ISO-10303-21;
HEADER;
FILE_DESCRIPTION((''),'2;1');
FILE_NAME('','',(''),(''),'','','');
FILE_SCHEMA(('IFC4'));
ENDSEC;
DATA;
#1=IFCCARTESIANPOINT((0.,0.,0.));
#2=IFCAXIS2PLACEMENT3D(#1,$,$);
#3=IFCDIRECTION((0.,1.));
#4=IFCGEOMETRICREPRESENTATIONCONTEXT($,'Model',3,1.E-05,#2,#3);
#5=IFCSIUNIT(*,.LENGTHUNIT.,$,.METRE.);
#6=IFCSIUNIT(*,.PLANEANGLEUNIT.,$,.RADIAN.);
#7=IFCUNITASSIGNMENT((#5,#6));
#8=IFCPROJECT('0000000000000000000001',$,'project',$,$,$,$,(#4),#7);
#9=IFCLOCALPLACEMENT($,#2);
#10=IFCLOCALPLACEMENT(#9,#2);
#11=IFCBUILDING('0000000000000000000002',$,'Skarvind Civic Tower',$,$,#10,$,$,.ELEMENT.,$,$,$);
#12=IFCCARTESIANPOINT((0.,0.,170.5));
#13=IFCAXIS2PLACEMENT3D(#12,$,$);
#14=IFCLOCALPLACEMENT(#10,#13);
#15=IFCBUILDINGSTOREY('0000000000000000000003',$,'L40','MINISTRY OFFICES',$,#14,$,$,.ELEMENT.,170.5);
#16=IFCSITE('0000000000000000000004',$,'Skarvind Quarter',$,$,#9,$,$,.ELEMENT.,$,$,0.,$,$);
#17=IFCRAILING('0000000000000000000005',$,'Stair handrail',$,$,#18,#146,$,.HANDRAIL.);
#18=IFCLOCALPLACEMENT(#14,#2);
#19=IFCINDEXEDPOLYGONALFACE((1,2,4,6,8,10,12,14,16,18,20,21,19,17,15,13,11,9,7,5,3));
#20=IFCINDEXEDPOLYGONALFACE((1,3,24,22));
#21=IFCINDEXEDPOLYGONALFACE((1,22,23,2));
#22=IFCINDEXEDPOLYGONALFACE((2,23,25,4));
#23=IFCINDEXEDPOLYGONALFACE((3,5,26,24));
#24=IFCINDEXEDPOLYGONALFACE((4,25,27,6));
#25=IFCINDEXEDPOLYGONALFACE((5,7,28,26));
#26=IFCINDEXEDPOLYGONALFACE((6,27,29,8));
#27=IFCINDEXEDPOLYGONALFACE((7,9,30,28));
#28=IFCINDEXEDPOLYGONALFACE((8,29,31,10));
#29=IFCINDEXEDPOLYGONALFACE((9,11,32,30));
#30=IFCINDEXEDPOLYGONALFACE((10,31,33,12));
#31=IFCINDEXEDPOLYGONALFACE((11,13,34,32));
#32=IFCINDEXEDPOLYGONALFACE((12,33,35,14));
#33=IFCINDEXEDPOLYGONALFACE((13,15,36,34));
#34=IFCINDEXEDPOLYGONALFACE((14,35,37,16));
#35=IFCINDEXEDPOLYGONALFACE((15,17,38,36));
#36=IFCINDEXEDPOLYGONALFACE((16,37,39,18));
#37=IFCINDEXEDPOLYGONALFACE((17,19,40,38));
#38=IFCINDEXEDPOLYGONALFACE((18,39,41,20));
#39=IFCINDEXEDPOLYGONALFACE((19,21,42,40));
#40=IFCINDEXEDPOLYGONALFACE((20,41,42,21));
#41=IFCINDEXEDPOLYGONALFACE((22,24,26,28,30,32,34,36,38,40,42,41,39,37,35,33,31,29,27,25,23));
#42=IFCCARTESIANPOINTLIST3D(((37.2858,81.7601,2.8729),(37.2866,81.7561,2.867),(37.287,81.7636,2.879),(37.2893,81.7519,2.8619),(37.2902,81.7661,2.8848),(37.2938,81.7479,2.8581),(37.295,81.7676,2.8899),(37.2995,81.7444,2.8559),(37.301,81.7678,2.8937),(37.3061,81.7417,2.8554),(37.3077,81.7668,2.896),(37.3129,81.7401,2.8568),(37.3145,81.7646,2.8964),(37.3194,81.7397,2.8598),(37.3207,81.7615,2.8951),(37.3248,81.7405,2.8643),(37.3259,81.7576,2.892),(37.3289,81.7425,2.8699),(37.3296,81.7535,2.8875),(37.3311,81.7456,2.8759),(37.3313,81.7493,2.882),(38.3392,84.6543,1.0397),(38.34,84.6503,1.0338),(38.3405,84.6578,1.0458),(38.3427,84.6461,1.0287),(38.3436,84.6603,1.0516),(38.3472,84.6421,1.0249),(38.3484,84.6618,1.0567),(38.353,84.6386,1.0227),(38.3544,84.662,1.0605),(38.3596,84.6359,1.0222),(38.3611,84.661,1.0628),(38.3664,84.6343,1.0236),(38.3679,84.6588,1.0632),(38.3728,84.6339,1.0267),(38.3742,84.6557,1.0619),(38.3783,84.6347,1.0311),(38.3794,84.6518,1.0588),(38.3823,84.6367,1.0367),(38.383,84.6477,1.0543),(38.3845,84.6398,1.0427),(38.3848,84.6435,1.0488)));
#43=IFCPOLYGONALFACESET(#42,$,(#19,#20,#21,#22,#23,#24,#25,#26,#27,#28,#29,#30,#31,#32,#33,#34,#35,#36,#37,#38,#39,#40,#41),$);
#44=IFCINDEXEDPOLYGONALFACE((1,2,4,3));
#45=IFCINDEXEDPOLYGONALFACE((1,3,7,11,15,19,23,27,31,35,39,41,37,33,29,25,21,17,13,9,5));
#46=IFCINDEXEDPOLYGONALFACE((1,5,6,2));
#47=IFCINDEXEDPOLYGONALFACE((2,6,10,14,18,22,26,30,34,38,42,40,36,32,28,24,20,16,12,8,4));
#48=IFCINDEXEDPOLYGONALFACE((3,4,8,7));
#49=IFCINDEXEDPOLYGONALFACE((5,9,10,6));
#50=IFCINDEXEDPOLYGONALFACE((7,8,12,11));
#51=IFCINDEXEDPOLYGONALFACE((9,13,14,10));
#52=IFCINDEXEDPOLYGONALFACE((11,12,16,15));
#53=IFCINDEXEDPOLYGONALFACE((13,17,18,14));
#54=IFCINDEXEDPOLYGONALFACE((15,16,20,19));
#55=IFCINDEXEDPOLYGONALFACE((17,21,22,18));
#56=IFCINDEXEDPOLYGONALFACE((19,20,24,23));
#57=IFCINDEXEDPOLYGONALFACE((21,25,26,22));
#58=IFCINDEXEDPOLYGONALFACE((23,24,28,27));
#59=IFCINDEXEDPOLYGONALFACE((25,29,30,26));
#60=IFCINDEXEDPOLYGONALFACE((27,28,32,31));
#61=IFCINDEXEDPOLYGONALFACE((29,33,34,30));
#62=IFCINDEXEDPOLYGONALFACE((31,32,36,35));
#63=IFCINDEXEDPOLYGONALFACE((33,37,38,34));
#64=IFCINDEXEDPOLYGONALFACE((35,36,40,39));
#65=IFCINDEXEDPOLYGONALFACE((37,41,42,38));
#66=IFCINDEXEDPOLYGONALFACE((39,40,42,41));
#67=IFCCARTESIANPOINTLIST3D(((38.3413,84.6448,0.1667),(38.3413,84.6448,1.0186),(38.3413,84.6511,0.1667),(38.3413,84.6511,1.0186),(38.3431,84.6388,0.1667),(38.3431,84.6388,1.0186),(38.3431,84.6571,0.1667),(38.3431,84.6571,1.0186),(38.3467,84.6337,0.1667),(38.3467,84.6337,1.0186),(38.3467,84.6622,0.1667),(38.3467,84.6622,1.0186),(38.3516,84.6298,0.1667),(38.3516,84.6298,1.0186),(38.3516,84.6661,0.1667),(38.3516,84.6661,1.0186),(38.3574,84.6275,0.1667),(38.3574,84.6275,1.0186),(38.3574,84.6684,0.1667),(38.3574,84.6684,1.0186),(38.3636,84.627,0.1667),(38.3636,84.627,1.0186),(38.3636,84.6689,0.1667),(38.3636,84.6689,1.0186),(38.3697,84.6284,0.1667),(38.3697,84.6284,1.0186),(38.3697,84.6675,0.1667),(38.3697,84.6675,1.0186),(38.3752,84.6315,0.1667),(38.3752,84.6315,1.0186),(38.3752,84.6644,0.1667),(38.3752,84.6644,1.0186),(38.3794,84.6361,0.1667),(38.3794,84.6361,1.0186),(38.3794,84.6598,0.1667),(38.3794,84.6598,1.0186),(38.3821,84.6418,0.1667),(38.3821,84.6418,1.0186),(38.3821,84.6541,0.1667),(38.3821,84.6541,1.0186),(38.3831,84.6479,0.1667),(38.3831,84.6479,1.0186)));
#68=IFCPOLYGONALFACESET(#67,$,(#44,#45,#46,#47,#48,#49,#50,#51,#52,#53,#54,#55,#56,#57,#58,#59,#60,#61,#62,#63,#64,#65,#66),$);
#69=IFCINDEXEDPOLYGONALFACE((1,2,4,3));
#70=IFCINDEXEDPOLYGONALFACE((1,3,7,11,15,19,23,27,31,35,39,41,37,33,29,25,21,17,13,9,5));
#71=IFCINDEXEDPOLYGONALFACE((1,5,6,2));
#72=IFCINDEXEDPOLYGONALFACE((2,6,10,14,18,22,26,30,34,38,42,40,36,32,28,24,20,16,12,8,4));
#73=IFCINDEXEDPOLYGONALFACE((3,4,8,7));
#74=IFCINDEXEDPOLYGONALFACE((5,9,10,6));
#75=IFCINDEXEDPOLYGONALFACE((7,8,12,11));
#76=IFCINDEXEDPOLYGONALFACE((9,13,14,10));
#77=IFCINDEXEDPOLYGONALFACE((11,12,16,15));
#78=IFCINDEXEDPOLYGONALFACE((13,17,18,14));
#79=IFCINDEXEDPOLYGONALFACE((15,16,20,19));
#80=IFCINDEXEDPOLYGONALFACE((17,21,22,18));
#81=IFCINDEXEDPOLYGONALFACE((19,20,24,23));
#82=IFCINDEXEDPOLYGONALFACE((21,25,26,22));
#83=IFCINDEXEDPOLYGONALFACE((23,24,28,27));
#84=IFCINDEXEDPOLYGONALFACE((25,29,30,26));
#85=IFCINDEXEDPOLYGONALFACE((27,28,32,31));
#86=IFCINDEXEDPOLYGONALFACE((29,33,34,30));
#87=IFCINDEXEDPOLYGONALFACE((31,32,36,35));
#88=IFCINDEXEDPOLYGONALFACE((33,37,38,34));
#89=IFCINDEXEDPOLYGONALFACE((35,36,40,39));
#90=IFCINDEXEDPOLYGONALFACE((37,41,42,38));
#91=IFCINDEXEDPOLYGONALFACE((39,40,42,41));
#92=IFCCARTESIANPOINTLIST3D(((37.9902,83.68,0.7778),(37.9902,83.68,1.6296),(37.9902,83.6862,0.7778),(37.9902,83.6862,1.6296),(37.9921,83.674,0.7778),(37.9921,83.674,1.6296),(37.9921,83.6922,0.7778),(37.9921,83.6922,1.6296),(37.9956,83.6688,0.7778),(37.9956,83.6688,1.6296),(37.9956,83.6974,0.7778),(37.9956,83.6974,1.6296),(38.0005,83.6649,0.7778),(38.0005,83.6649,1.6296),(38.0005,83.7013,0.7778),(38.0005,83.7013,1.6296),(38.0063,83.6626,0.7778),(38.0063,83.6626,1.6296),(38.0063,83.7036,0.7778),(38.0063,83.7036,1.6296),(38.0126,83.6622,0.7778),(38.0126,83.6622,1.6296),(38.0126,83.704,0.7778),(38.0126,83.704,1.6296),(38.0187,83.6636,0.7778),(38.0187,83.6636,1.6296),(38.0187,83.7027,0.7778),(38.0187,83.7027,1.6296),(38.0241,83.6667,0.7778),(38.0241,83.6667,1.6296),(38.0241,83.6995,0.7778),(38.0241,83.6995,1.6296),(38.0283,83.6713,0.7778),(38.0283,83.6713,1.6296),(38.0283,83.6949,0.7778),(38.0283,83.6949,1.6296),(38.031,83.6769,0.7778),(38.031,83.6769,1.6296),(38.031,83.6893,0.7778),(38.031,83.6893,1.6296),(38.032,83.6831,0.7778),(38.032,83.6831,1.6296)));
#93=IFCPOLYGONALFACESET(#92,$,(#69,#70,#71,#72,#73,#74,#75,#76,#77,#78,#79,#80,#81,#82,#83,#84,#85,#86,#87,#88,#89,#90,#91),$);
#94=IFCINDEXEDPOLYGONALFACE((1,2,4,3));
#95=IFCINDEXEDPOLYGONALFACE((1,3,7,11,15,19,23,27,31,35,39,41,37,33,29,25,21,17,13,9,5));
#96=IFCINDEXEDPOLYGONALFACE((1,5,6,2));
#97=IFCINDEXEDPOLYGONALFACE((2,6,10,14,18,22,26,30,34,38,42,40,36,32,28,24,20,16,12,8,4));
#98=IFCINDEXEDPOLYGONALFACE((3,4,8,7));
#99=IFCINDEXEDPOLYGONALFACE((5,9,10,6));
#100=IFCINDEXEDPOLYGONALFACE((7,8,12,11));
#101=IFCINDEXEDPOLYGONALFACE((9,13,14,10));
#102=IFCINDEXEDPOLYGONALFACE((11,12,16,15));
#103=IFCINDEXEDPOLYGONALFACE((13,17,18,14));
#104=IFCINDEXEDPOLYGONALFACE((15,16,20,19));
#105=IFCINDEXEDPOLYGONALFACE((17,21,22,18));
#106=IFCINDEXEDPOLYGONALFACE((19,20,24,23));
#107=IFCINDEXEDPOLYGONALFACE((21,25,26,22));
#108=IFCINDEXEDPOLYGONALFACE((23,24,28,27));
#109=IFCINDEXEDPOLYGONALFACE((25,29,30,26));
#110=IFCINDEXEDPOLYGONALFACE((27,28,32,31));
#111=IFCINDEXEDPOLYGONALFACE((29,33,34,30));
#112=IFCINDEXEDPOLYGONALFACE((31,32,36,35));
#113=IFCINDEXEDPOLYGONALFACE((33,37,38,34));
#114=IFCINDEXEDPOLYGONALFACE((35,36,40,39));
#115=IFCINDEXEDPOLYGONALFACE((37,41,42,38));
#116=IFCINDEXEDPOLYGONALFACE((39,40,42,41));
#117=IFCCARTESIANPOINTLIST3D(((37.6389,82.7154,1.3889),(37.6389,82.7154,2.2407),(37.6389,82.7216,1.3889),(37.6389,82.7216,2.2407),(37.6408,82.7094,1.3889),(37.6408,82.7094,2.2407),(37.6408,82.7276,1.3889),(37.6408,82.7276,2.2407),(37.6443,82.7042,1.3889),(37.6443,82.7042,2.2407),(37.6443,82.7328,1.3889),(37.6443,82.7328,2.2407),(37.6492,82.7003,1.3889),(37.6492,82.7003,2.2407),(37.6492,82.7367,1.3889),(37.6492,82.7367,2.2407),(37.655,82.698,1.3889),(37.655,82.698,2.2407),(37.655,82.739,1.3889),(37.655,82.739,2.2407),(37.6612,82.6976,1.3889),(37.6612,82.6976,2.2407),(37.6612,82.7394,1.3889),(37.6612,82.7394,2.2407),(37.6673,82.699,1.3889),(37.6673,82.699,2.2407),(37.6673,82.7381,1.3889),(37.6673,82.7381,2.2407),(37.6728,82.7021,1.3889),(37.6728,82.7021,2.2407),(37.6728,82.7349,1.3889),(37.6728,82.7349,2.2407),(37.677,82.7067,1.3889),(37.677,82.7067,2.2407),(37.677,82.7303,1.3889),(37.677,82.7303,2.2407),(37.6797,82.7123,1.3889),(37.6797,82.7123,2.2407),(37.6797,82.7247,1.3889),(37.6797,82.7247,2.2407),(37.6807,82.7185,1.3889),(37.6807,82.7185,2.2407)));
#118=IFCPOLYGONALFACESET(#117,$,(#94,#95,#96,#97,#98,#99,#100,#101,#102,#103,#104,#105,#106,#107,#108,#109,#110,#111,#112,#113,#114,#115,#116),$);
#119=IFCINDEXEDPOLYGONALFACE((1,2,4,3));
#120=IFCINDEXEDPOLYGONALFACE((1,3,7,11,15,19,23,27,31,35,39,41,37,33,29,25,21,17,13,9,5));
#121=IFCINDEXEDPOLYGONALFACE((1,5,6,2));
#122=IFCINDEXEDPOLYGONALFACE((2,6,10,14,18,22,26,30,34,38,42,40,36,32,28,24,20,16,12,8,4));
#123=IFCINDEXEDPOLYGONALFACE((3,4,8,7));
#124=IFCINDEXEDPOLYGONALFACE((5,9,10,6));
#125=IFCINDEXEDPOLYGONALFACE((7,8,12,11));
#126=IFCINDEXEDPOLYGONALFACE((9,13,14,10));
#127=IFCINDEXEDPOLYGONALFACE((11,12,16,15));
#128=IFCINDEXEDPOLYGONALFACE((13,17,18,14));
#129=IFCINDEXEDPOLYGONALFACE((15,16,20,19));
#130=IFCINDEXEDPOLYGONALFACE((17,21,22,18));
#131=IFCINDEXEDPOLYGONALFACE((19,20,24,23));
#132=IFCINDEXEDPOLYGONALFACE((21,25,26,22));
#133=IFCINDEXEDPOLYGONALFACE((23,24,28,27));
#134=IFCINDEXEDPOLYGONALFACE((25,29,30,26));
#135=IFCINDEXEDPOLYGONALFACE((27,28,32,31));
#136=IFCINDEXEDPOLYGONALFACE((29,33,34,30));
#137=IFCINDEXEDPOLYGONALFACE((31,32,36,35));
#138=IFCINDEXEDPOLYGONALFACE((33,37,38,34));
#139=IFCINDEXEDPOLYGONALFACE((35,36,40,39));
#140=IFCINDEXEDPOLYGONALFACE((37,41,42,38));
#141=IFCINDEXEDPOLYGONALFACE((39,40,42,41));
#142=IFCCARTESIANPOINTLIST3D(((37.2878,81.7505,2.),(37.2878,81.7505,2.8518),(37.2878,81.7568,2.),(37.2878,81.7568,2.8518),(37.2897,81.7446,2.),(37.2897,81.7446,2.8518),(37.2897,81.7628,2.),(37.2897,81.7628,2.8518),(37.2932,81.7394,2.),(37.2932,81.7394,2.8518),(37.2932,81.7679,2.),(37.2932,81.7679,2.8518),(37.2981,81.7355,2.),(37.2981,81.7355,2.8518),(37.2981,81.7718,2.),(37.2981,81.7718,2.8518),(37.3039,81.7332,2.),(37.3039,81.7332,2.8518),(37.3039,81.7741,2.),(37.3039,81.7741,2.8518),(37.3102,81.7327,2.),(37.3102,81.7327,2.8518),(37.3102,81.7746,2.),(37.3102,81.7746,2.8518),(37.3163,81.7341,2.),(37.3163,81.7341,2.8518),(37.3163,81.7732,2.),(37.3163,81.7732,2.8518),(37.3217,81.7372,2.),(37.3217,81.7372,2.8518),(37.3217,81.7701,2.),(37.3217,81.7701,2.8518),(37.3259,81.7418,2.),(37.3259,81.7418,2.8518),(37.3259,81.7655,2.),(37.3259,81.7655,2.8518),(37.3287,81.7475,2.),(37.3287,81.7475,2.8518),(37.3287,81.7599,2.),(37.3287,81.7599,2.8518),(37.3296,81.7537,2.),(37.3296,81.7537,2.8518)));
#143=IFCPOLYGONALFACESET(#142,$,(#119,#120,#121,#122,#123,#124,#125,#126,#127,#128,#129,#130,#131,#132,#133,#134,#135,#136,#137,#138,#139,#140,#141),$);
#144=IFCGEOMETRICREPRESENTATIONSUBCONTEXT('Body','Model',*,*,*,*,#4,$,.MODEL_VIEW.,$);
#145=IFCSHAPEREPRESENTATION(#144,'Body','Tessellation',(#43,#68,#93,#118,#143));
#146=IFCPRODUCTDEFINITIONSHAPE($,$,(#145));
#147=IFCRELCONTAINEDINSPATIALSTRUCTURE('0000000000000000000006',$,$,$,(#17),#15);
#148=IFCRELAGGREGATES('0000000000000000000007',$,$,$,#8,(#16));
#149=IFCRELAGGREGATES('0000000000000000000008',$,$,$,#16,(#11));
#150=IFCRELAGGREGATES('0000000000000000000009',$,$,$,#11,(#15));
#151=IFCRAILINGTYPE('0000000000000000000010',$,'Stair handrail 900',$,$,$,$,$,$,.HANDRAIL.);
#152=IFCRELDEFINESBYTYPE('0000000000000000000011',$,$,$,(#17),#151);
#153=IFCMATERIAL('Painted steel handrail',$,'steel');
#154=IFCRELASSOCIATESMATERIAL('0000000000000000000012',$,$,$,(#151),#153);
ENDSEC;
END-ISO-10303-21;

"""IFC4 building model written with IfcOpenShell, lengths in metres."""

from ifc_helpers import new_model, si_unit, direction, frame, origin, origin_2d, place, context, subcontext, project, spatial, circle, extrude, material, type_object, element, save


model = new_model("IFC4")

# Units and contexts
model_context = context("Model", 3, precision=1e-05, world=origin(), true_north=direction((0.0, 1.0)))
body_context = subcontext(model_context, "Body", "Model", "MODEL_VIEW")
ifc_project = project(units=[si_unit("LENGTHUNIT", "METRE"), si_unit("PLANEANGLEUNIT", "RADIAN")], contexts=[model_context])

# Site, building, storey
site_placement = place(None, origin())
site = spatial("IfcSite", under=ifc_project, at=site_placement, Name="Skarvind Quarter", CompositionType="ELEMENT", RefElevation=0.0)
building_placement = place(site_placement, origin())
building = spatial("IfcBuilding", under=site, at=building_placement, Name="Skarvind Civic Tower", CompositionType="ELEMENT")
storey_placement = place(building_placement, frame((0.0, 0.0, 170.5)))
storey = spatial("IfcBuildingStorey", under=building, at=storey_placement, Name="L40", Description="MINISTRY OFFICES", CompositionType="ELEMENT", Elevation=170.5)

# Railing
ifc_material_1 = material(Name="Painted steel handrail", Category="steel")
railing_type = type_object("IfcRailingType", Name="Stair handrail 900", PredefinedType="HANDRAIL", material=ifc_material_1)
railing_placement = place(storey_placement, frame((38.3621, 84.6479, 0.1667)))
element("IfcRailing", 1, at=railing_placement, inside=storey, type_object=railing_type, Name="Stair handrail", PredefinedType="HANDRAIL", context=body_context, shape_type="SweptSolid", body=[
    extrude(circle(Radius=0.0239, at=origin_2d()), frame((0.0, 0.0, 0.876), z_axis=(-0.293908, -0.807481, 0.511461), x_axis=(0.939689, -0.342029, 0.0)), (0.0, 0.0, 1.0), 3.5842),
    extrude(circle(Radius=0.021, at=origin_2d()), origin(), (0.0, 0.0, 1.0), 0.8518),
    extrude(circle(Radius=0.021, at=origin_2d()), frame((-0.3511, -0.9648, 0.6111)), (0.0, 0.0, 1.0), 0.8518),
    extrude(circle(Radius=0.021, at=origin_2d()), frame((-0.7024, -1.9294, 1.2222)), (0.0, 0.0, 1.0), 0.8518),
    extrude(circle(Radius=0.021, at=origin_2d()), frame((-1.0535, -2.8943, 1.8333)), (0.0, 0.0, 1.0), 0.8518),
])

save(model, "model.ifc")
